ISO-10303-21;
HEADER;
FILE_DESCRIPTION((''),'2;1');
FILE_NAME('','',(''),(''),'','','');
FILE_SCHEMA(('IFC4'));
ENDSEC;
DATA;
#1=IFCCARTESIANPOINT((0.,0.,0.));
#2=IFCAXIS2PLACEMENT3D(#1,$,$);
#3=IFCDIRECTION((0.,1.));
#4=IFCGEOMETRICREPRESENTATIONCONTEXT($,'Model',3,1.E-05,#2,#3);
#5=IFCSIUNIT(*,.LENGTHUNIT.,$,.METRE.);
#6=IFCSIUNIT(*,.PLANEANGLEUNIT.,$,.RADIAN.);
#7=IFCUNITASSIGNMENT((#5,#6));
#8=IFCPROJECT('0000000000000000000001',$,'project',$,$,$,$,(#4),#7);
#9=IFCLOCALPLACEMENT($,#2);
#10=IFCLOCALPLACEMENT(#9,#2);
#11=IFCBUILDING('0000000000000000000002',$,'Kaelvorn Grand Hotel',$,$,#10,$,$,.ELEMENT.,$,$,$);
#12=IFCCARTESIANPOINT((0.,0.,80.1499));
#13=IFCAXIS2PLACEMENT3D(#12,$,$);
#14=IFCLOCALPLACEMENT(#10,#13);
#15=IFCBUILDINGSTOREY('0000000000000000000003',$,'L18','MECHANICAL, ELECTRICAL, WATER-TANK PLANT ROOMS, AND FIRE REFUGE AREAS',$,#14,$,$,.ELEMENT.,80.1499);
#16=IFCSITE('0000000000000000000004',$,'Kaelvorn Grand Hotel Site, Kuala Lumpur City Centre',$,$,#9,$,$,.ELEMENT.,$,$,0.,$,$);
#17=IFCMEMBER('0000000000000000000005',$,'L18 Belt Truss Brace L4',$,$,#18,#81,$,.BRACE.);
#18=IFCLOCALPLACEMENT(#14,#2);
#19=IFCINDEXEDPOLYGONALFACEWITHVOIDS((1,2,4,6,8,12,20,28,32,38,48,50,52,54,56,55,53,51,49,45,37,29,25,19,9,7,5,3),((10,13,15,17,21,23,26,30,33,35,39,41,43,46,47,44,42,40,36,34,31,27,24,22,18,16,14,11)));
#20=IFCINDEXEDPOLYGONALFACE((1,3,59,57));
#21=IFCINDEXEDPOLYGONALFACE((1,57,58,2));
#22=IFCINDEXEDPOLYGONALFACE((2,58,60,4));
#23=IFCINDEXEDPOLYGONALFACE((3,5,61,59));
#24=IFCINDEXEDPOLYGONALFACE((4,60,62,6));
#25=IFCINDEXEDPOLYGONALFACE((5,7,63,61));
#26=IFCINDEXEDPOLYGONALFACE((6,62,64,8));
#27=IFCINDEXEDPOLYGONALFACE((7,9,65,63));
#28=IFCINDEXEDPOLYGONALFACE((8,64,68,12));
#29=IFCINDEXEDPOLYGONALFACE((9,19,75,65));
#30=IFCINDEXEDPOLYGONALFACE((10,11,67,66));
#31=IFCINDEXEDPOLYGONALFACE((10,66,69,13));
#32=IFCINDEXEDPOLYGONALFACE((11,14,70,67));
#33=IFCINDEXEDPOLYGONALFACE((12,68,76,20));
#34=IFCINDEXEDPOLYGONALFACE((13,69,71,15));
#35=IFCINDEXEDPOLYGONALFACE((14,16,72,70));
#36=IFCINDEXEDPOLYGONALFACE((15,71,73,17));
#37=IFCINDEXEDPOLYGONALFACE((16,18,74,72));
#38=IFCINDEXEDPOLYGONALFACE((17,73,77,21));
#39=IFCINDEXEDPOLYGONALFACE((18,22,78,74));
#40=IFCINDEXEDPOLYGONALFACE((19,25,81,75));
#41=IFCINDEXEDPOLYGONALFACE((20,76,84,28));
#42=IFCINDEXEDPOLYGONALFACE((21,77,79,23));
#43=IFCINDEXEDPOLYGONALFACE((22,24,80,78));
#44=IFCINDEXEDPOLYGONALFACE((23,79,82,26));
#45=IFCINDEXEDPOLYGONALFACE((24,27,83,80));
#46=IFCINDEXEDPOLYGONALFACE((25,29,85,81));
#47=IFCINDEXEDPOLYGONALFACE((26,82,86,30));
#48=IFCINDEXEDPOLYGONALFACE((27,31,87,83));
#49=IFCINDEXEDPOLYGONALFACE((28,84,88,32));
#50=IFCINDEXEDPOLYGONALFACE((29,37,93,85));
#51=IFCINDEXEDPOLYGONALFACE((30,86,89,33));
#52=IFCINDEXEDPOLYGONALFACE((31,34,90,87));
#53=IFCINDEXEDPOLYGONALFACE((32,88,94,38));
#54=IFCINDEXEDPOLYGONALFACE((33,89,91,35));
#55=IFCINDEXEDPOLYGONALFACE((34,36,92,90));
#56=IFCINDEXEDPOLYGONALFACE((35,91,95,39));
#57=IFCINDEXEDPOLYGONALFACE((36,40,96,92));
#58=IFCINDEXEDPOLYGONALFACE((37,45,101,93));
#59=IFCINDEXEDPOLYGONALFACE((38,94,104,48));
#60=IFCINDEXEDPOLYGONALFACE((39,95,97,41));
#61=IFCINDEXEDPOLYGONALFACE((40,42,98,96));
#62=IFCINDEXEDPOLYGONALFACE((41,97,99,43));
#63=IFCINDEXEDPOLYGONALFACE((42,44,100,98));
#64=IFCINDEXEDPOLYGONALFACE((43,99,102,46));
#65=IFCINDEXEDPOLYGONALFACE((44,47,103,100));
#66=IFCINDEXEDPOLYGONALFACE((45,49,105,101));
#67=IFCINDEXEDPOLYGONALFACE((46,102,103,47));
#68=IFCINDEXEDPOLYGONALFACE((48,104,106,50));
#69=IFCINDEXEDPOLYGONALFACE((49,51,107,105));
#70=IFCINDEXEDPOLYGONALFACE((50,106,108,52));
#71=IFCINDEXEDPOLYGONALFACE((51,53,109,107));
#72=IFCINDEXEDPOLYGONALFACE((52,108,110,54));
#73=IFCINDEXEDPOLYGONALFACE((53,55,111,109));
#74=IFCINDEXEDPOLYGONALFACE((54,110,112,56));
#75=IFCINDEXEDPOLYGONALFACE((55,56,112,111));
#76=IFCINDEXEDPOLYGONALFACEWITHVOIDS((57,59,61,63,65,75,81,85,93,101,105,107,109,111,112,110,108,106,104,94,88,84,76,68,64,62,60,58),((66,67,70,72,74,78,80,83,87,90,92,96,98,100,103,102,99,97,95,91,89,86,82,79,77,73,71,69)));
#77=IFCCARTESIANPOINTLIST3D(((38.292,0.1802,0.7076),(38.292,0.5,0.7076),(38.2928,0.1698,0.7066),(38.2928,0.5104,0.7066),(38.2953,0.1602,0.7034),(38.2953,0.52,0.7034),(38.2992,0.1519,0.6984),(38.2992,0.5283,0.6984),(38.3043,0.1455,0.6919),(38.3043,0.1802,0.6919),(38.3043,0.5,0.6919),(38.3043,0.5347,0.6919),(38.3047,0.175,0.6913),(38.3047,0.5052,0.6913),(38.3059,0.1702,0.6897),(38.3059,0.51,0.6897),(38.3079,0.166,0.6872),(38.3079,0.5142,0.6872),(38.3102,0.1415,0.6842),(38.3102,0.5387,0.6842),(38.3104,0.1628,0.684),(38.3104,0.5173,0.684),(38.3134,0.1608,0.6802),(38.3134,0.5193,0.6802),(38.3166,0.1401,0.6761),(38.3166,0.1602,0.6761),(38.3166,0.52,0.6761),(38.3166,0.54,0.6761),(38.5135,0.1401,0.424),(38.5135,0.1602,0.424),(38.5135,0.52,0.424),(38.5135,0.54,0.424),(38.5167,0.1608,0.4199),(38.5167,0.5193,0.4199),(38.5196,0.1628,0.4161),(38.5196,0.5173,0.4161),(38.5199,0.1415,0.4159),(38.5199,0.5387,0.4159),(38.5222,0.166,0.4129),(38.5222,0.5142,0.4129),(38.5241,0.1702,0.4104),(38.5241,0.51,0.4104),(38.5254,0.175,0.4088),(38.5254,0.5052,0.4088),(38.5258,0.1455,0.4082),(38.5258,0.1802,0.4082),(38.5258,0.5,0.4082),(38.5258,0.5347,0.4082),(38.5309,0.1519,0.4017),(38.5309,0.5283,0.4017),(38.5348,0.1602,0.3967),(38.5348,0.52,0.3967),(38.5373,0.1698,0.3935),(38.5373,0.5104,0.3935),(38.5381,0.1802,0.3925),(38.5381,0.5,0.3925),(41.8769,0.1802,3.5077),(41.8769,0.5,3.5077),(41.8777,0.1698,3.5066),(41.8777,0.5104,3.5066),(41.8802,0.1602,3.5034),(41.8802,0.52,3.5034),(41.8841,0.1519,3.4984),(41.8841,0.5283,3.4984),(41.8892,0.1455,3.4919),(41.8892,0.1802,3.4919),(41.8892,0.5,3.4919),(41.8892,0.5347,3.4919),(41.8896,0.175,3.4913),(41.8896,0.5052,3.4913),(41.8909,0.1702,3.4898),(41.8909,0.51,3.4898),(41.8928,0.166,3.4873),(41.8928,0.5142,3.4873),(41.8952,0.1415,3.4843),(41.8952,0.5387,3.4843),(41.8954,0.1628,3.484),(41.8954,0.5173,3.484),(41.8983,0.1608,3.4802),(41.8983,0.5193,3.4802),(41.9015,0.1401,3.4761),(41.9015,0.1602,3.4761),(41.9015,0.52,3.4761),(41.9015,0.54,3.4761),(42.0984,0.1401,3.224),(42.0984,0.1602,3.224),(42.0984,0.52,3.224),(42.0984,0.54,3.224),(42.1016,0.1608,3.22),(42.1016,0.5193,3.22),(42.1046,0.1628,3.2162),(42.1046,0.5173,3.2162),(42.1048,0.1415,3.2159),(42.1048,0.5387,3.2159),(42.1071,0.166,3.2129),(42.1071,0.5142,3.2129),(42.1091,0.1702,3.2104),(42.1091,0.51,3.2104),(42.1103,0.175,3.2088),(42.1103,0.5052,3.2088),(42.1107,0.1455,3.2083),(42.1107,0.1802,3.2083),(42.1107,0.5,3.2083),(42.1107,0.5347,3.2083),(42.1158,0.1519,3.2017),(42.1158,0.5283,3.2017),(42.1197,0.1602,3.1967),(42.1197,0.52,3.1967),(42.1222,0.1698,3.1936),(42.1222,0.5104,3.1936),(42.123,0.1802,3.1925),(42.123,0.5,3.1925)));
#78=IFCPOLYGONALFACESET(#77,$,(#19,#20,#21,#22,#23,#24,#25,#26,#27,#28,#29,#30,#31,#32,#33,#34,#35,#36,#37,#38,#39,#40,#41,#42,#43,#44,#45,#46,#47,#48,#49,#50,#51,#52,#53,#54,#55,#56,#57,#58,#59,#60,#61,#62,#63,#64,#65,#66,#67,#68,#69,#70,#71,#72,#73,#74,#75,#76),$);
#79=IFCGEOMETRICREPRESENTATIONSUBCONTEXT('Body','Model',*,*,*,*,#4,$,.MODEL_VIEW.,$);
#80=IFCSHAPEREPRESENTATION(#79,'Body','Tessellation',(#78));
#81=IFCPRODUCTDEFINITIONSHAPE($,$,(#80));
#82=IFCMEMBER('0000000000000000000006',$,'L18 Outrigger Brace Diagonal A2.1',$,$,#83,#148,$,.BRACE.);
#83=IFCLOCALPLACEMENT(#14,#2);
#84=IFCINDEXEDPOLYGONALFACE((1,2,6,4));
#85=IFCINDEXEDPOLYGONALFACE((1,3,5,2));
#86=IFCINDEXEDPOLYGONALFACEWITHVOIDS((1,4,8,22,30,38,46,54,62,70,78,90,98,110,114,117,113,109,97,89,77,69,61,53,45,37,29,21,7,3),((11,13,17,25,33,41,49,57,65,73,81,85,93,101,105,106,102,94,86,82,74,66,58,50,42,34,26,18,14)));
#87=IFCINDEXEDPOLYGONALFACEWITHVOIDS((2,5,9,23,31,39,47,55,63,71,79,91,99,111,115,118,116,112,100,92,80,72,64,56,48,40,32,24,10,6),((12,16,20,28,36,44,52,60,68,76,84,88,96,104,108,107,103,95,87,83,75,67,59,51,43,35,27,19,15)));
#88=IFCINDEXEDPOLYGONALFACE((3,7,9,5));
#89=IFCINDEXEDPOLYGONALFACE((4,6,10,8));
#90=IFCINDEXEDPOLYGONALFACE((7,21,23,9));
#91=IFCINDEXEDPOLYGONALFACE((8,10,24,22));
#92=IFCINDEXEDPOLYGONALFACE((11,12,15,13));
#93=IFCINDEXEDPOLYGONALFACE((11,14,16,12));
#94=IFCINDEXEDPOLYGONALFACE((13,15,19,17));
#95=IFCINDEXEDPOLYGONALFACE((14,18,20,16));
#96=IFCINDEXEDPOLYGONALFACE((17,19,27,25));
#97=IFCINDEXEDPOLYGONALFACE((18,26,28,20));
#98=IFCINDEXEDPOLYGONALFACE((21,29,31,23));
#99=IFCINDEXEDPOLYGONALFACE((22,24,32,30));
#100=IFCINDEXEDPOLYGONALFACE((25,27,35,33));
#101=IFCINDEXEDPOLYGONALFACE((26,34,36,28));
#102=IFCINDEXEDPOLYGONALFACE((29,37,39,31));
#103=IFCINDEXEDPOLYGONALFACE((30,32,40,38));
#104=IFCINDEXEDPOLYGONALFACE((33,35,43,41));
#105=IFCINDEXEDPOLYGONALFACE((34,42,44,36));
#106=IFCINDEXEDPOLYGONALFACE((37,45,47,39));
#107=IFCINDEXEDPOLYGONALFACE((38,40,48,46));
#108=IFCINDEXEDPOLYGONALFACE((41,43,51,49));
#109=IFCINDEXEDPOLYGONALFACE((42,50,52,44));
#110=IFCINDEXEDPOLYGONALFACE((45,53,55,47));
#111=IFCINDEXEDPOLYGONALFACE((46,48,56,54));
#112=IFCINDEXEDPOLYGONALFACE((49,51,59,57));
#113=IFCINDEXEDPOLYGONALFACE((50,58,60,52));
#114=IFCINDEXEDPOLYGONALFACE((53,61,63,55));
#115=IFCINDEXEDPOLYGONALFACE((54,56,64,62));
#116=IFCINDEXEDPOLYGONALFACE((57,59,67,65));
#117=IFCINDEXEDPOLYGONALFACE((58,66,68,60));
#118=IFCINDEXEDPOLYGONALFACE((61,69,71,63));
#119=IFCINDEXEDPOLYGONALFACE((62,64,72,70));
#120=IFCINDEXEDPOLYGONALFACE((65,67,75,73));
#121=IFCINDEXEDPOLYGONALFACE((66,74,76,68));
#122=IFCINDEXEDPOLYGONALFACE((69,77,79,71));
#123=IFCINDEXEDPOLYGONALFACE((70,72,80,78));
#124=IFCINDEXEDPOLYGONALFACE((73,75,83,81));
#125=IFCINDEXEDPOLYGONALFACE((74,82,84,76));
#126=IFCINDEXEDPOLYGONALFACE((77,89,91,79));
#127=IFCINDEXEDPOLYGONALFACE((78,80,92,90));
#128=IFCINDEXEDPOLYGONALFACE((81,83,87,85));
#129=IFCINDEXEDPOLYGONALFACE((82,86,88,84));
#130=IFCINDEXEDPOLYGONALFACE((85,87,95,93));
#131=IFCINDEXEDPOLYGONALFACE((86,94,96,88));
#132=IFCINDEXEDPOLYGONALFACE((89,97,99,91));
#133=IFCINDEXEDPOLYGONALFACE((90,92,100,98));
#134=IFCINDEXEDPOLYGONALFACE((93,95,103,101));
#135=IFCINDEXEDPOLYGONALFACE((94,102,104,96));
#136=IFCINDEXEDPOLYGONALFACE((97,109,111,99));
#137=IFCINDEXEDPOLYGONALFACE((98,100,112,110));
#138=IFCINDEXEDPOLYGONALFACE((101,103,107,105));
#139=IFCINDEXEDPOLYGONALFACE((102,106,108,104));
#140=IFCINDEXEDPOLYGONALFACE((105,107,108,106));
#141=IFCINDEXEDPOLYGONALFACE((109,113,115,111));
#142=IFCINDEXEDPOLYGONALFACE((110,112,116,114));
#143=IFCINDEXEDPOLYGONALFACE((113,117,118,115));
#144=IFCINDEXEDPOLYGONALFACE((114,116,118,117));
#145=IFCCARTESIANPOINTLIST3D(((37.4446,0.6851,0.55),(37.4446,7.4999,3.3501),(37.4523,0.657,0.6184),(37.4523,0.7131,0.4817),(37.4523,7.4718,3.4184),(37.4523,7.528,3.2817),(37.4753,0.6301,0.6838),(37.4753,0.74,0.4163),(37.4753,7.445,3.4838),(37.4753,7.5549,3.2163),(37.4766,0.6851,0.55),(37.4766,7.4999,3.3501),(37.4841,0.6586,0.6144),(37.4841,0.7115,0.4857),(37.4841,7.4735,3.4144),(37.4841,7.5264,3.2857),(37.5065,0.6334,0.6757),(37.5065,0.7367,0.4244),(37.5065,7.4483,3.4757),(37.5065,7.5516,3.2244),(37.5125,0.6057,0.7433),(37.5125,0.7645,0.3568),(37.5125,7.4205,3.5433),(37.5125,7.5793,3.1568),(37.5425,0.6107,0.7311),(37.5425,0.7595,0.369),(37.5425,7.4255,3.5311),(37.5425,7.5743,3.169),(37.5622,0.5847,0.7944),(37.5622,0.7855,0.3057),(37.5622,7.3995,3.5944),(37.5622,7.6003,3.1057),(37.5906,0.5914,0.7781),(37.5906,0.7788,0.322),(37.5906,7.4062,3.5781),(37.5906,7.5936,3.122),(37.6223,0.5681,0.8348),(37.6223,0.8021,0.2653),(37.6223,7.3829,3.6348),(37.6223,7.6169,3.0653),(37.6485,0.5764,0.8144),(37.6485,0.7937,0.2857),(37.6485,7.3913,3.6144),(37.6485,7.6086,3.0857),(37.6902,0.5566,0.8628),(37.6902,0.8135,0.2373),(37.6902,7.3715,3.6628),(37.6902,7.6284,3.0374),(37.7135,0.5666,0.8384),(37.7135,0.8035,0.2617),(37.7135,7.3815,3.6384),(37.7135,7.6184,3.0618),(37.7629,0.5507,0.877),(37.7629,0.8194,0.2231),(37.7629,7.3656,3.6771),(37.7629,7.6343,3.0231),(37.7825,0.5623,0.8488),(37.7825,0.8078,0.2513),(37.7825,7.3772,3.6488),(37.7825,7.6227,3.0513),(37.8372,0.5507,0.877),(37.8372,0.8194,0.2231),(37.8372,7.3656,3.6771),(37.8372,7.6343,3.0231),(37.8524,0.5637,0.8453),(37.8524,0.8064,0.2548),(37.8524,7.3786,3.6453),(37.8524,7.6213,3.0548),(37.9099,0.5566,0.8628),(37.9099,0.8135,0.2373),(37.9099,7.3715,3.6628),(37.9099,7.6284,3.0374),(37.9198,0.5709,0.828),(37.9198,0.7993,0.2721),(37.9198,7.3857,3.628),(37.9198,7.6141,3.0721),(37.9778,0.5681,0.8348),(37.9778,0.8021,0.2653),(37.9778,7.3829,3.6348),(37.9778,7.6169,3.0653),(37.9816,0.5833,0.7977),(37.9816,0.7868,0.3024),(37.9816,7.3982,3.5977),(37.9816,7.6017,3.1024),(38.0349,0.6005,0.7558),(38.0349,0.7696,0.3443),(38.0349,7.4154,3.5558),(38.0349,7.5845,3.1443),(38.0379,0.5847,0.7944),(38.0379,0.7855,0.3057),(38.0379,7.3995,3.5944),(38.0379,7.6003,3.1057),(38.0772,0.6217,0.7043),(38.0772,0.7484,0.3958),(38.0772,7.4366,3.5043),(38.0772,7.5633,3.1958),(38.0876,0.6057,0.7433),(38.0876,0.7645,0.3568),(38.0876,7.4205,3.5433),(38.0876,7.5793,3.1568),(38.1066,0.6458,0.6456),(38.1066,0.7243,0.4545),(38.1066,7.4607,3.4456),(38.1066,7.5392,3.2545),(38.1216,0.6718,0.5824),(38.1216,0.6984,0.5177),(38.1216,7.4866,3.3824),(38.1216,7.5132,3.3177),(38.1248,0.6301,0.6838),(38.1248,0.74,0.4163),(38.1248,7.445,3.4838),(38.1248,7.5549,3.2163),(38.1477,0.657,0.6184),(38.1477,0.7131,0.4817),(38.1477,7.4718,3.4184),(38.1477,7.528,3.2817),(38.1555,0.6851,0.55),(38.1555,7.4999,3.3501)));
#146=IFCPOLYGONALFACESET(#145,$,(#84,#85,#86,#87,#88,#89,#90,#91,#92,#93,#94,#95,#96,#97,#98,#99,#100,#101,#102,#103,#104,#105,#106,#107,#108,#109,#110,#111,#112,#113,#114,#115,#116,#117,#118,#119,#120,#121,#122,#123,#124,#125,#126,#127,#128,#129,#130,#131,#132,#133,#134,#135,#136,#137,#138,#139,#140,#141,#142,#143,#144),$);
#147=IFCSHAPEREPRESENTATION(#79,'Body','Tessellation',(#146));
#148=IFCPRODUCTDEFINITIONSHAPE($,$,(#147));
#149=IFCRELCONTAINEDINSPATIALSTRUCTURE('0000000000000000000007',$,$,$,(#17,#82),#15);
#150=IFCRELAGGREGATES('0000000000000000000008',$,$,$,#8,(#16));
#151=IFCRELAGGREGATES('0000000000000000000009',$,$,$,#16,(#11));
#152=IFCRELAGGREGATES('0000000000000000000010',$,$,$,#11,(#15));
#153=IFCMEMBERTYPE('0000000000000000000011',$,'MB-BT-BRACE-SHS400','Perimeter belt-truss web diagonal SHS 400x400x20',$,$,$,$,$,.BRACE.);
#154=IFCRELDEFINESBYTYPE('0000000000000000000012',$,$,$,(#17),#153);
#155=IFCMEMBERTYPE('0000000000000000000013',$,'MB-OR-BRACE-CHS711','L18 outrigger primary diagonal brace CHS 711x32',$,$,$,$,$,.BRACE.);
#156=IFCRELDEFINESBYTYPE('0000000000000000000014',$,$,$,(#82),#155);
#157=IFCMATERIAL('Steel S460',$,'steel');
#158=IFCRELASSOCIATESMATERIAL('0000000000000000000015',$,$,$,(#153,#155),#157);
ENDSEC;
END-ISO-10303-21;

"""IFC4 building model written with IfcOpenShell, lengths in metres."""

from ifc_helpers import new_model, si_unit, direction, frame, origin, origin_2d, place, context, subcontext, project, spatial, hollow_rectangle, hollow_circle, extrude, material, material_profile, profile_set, type_object, element, save


model = new_model("IFC4")

# Units and contexts
model_context = context("Model", 3, precision=1e-05, world=origin(), true_north=direction((0.0, 1.0)))
body_context = subcontext(model_context, "Body", "Model", "MODEL_VIEW")
ifc_project = project(units=[si_unit("LENGTHUNIT", "METRE"), si_unit("PLANEANGLEUNIT", "RADIAN")], contexts=[model_context])

# Site, building, storey
site_placement = place(None, origin())
site = spatial("IfcSite", under=ifc_project, at=site_placement, Name="Kaelvorn Grand Hotel Site, Kuala Lumpur City Centre", CompositionType="ELEMENT", RefElevation=0.0)
building_placement = place(site_placement, origin())
building = spatial("IfcBuilding", under=site, at=building_placement, Name="Kaelvorn Grand Hotel", CompositionType="ELEMENT")
storey_placement = place(building_placement, frame((0.0, 0.0, 80.1499)))
storey = spatial("IfcBuildingStorey", under=building, at=storey_placement, Name="L18", Description="MECHANICAL, ELECTRICAL, WATER-TANK PLANT ROOMS, AND FIRE REFUGE AREAS", CompositionType="ELEMENT", Elevation=80.1499)

# Shared definitions
ifc_material_1 = material(Name="Steel S460", Category="steel")

# Members
ifc_material_profile_1 = material_profile(ifc_material_1, hollow_rectangle(XDim=0.3999, YDim=0.3999, WallThickness=0.02, InnerFilletRadius=0.02, OuterFilletRadius=0.04, at=origin_2d()), Name="SHS 400x400x20.0")
ifc_profile_set_1 = profile_set([ifc_material_profile_1], Name="Steel S460")
member_type_1 = type_object("IfcMemberType", Name="MB-BT-BRACE-SHS400", Description="Perimeter belt-truss web diagonal SHS 400x400x20", PredefinedType="BRACE", material=ifc_profile_set_1)
member_1_placement = place(storey_placement, frame((38.415, 0.3401, 0.55), z_axis=(0.788099, 0.0, 0.615548), x_axis=(0.0, 1.0, 0.0)))
element("IfcMember", 1, at=member_1_placement, inside=storey, type_object=member_type_1, Name="L18 Belt Truss Brace L4", PredefinedType="BRACE", context=body_context, shape_type="SweptSolid", body=[
    extrude(hollow_rectangle(XDim=0.3999, YDim=0.3999, WallThickness=0.02, InnerFilletRadius=0.02, OuterFilletRadius=0.04, at=origin_2d()), origin(), (0.0, 0.0, 1.0), 4.5488),
])
ifc_material_profile_2 = material_profile(ifc_material_1, hollow_circle(Radius=0.3555, WallThickness=0.032, at=origin_2d()), Name="CHS 711.0x32.0")
ifc_profile_set_2 = profile_set([ifc_material_profile_2], Name="Steel S460")
member_type_2 = type_object("IfcMemberType", Name="MB-OR-BRACE-CHS711", Description="L18 outrigger primary diagonal brace CHS 711x32", PredefinedType="BRACE", material=ifc_profile_set_2)
for number, where, z_axis, x_axis, name in (
    (2, (37.8, 0.6851, 0.55), (0.0, 0.924969, 0.380041), (-1.0, 0.0, 0.0), "L18 Outrigger Brace Diagonal A2.1"),
):
    element("IfcMember", number, at=place(storey_placement, frame(where, z_axis=z_axis, x_axis=x_axis)), inside=storey, type_object=member_type_2, Name=name, PredefinedType="BRACE", context=body_context, shape_type="SweptSolid", body=[
        extrude(hollow_circle(Radius=0.3555, WallThickness=0.032, at=origin_2d()), origin(), (0.0, 0.0, 1.0), 7.3677),
    ])

save(model, "model.ifc")
